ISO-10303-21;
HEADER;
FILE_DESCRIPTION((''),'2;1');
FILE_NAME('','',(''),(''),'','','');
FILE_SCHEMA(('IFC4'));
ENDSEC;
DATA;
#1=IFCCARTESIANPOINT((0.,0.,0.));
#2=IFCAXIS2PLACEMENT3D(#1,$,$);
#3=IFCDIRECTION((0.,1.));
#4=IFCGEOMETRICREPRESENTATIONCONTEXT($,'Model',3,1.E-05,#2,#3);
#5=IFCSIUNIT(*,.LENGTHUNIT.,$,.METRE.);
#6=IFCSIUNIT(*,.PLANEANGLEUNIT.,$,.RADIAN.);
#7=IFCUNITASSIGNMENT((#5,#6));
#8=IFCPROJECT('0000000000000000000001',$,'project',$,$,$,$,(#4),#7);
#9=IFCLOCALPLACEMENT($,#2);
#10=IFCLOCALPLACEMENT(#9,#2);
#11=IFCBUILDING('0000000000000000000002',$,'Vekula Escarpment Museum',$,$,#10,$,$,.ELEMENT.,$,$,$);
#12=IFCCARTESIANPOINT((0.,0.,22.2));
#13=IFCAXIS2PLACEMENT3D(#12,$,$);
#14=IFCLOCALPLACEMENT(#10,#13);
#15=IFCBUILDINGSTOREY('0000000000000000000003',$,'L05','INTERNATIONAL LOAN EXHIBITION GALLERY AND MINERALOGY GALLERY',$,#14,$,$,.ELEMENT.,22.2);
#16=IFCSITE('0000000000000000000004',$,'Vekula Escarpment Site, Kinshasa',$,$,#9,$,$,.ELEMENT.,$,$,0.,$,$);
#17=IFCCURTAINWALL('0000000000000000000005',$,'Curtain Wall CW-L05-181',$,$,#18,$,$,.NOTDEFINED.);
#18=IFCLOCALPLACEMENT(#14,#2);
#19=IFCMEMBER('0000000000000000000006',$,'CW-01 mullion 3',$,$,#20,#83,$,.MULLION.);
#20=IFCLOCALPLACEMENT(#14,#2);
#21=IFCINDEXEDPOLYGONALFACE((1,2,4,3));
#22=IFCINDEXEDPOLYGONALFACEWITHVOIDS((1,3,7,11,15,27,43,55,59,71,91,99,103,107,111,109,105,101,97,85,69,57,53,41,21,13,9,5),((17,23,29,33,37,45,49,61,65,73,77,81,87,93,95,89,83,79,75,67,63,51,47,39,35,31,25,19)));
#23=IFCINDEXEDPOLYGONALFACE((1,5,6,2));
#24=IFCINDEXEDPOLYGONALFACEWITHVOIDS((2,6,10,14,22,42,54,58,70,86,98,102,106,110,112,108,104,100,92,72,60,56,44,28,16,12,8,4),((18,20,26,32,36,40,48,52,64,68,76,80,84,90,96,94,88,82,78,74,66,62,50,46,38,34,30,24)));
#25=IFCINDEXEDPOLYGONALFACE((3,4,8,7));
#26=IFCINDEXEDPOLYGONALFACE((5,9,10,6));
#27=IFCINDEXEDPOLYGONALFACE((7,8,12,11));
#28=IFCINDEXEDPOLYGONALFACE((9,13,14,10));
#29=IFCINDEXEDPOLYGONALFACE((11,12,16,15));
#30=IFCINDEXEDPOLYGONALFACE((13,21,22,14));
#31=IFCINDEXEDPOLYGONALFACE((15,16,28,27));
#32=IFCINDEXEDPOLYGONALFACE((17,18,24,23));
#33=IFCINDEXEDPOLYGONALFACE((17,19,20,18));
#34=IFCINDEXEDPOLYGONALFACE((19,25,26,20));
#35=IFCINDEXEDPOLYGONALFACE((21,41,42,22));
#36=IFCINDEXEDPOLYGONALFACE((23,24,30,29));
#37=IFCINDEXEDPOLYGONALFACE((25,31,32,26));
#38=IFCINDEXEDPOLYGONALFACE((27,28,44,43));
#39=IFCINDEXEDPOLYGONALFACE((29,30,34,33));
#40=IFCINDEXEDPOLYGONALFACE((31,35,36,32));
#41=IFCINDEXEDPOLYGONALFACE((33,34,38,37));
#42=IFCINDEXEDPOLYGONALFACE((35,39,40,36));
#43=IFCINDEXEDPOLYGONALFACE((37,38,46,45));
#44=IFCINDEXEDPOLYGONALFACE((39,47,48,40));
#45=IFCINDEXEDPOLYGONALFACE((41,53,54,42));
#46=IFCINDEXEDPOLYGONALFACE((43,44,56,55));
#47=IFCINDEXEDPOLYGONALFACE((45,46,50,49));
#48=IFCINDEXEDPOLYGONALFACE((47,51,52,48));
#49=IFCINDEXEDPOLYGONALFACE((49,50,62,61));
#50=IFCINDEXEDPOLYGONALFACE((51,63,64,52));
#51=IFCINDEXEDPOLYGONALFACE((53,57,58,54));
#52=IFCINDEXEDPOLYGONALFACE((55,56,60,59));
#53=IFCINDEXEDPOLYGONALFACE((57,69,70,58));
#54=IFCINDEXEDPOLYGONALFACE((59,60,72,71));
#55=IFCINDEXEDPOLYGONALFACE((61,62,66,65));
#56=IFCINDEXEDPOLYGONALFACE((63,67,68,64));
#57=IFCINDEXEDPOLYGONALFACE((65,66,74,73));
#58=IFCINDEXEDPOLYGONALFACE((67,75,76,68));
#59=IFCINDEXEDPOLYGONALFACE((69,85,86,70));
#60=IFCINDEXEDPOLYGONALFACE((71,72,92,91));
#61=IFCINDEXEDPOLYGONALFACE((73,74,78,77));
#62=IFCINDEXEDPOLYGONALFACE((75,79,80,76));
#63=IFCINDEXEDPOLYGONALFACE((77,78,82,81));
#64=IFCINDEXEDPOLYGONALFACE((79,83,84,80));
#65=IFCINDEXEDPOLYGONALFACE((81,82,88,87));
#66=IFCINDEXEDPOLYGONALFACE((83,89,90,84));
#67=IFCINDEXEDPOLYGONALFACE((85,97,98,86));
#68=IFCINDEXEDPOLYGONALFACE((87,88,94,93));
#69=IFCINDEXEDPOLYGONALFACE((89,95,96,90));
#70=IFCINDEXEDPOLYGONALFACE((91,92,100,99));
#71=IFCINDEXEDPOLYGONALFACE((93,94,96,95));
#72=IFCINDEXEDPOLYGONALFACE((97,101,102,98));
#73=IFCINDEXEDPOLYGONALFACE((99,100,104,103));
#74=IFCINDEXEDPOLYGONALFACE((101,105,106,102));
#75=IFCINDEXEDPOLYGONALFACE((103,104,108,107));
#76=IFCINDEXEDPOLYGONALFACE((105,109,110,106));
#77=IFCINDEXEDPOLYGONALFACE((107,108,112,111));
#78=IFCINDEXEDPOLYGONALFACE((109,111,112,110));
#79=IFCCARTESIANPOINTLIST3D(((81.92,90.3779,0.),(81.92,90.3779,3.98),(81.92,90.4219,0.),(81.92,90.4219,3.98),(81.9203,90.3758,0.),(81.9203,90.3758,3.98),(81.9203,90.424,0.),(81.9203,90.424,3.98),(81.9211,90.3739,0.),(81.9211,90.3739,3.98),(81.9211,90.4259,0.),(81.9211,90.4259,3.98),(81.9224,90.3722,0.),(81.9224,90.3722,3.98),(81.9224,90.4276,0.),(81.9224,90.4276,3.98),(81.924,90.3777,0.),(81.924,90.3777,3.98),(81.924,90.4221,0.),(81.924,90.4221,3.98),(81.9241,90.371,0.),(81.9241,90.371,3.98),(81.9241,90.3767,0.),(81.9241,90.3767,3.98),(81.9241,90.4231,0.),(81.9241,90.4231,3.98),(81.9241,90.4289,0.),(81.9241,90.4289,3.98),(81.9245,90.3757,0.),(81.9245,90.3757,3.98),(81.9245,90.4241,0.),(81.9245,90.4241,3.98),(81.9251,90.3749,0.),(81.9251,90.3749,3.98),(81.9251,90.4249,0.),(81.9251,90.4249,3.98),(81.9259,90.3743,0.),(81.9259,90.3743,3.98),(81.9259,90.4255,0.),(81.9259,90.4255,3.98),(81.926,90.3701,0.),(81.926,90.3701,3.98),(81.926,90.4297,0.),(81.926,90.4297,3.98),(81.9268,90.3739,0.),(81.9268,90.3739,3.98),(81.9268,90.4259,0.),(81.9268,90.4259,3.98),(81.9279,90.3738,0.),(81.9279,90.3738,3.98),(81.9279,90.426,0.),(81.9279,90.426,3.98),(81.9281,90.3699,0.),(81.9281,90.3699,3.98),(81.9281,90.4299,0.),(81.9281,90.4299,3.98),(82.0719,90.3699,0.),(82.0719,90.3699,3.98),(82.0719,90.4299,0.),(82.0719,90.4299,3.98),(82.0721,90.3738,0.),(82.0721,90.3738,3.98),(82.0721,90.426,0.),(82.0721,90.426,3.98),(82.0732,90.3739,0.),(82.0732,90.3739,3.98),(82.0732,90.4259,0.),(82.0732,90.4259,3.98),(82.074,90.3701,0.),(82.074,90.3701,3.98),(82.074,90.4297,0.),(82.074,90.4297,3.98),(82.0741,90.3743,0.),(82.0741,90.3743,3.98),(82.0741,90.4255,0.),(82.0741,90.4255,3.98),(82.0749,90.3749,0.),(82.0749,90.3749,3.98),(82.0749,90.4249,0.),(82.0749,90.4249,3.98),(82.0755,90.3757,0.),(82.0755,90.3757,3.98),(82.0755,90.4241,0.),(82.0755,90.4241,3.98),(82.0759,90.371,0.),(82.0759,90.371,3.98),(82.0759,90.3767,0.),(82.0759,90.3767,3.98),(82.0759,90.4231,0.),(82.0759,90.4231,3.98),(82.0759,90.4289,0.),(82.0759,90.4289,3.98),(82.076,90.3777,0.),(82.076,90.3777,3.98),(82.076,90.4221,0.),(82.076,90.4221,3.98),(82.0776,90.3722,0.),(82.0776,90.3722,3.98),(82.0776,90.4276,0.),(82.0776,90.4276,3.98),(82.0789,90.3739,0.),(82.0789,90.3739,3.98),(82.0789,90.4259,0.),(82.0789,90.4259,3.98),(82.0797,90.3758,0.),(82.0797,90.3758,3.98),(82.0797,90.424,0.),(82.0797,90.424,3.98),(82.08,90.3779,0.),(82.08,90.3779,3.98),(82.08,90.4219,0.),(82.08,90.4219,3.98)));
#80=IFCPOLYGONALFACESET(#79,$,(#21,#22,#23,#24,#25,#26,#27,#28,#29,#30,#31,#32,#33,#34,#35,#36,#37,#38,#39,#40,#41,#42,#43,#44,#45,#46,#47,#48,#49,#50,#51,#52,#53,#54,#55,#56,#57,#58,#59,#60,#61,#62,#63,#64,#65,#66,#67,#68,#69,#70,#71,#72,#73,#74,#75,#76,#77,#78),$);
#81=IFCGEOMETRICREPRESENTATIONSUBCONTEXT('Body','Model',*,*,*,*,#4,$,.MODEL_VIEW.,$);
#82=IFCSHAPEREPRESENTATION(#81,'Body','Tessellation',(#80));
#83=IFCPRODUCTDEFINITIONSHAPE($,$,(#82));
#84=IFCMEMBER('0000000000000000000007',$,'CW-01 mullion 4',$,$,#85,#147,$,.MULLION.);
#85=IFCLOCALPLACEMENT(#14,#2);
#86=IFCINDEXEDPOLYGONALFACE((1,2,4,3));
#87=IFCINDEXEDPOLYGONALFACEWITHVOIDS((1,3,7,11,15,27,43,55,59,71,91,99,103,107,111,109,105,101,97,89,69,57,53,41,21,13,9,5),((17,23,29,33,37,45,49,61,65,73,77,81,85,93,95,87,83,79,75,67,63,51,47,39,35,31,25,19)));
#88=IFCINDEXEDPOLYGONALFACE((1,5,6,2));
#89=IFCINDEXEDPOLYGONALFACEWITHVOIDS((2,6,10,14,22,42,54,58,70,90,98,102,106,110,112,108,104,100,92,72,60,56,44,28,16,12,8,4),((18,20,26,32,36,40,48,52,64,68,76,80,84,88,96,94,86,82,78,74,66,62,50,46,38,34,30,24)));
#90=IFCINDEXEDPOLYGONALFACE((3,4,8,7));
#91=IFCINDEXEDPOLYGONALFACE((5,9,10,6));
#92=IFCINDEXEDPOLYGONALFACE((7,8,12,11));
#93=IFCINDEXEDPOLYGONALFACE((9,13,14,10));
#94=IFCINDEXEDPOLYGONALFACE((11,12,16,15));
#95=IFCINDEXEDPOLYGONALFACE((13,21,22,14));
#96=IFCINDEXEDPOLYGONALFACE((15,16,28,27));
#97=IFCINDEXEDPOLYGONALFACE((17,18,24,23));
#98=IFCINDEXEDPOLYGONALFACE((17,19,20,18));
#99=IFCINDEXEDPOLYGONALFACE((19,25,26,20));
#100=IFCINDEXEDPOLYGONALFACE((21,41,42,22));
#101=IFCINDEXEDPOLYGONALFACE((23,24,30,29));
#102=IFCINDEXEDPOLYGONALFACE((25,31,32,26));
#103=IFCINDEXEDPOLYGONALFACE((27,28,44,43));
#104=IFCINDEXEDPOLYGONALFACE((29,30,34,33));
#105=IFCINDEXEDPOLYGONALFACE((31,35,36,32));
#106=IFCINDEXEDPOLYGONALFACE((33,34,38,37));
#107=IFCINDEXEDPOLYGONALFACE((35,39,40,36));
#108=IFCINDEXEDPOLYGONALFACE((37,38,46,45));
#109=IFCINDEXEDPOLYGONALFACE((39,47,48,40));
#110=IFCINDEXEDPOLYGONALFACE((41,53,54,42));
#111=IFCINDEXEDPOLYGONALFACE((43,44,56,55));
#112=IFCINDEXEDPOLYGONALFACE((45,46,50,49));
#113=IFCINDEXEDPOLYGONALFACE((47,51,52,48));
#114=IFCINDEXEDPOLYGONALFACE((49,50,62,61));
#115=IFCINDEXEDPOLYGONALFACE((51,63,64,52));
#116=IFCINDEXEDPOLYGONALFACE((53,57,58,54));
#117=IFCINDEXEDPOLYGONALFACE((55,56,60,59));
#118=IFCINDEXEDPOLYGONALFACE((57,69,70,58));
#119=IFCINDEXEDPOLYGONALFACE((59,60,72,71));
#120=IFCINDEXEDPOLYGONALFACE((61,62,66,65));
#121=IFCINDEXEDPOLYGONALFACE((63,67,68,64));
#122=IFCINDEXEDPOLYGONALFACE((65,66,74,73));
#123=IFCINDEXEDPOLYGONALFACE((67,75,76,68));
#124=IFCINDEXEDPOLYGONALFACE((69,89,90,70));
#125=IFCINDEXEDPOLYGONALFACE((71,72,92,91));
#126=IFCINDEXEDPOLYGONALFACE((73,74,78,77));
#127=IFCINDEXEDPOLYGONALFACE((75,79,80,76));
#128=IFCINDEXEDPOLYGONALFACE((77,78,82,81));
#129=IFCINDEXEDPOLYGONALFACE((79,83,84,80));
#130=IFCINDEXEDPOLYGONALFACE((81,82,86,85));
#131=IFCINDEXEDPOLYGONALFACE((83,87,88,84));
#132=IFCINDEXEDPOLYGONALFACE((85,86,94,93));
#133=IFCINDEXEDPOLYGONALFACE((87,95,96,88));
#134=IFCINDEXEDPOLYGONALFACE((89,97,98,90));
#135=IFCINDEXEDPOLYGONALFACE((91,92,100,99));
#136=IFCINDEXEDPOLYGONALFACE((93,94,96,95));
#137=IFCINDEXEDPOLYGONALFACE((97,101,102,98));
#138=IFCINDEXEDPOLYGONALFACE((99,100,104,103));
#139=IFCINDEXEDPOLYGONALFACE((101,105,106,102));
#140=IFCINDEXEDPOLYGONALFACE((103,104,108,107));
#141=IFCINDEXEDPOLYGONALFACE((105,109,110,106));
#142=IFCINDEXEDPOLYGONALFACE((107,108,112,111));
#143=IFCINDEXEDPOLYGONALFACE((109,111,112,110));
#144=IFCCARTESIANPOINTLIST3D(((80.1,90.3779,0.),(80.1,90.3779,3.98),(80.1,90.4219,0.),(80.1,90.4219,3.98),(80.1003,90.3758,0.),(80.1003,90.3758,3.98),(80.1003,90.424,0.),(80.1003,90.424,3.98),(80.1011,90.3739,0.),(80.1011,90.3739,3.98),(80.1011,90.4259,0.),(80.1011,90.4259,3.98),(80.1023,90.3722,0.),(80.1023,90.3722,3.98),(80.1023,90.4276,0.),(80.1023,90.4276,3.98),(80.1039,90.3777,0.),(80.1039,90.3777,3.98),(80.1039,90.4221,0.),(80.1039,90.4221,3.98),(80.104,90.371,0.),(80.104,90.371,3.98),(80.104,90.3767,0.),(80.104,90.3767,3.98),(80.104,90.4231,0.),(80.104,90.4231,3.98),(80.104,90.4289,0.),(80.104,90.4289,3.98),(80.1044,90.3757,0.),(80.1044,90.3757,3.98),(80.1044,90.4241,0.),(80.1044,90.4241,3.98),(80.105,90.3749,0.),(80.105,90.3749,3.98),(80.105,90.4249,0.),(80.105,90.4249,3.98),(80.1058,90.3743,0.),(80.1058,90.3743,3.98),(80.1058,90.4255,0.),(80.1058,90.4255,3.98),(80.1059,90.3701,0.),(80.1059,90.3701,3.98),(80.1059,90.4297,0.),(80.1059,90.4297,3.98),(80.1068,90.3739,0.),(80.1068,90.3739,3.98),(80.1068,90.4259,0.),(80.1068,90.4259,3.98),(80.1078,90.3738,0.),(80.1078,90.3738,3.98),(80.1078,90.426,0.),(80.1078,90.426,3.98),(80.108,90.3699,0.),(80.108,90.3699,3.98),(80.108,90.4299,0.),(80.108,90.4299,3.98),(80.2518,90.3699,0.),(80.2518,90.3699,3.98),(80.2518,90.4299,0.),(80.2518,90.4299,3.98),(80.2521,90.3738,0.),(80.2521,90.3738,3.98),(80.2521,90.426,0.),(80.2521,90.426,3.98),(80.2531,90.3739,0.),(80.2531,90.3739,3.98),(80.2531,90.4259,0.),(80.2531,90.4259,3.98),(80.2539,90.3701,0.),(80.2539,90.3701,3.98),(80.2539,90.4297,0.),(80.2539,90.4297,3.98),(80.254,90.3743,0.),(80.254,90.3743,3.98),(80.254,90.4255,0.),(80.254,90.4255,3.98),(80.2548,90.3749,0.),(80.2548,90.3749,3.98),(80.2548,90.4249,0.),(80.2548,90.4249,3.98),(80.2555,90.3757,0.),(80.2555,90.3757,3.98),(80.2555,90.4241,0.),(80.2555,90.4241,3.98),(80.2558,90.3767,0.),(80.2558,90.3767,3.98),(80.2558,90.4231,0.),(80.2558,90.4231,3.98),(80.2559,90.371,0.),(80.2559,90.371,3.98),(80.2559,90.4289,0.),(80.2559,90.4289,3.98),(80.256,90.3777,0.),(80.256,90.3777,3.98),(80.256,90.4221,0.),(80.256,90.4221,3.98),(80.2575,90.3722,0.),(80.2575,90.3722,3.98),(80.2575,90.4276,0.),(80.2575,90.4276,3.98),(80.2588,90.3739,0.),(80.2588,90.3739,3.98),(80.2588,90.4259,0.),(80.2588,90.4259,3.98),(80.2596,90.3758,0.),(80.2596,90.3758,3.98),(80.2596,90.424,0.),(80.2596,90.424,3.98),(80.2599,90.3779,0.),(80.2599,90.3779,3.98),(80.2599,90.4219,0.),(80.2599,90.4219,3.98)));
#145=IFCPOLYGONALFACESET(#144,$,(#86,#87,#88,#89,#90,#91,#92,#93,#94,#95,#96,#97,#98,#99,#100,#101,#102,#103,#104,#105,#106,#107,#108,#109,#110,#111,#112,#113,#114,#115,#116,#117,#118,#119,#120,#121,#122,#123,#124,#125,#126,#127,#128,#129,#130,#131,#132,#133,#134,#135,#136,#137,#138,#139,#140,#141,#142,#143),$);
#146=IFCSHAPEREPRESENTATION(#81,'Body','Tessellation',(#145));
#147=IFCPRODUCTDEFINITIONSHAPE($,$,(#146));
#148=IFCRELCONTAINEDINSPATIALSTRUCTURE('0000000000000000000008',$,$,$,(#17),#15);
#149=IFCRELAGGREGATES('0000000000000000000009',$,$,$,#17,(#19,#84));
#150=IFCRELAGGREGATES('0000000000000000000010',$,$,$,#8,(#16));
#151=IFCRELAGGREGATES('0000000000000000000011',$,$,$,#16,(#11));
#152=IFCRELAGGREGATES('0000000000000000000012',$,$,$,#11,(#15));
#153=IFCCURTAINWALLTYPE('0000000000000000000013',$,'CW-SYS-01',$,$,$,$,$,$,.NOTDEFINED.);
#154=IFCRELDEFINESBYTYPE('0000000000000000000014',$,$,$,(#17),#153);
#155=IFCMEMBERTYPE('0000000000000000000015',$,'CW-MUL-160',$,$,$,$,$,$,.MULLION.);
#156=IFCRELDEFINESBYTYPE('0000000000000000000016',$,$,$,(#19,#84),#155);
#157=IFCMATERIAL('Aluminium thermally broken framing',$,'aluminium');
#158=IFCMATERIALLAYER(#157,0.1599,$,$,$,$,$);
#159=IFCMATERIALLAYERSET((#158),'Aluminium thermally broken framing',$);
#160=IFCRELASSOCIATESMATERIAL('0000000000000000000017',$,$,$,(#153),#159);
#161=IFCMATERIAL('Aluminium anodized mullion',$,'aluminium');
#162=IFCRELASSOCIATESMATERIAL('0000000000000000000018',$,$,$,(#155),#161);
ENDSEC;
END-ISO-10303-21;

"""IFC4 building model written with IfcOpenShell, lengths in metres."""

from ifc_helpers import new_model, si_unit, direction, frame, origin, origin_2d, place, context, subcontext, project, spatial, hollow_rectangle, extrude, material, layer, layer_set, material_profile, profile_set, type_object, element, aggregate, save


model = new_model("IFC4")

# Units and contexts
model_context = context("Model", 3, precision=1e-05, world=origin(), true_north=direction((0.0, 1.0)))
body_context = subcontext(model_context, "Body", "Model", "MODEL_VIEW")
ifc_project = project(units=[si_unit("LENGTHUNIT", "METRE"), si_unit("PLANEANGLEUNIT", "RADIAN")], contexts=[model_context])

# Site, building, storey
site_placement = place(None, origin())
site = spatial("IfcSite", under=ifc_project, at=site_placement, Name="Vekula Escarpment Site, Kinshasa", CompositionType="ELEMENT", RefElevation=0.0)
building_placement = place(site_placement, origin())
building = spatial("IfcBuilding", under=site, at=building_placement, Name="Vekula Escarpment Museum", CompositionType="ELEMENT")
storey_placement = place(building_placement, frame((0.0, 0.0, 22.2)))
storey = spatial("IfcBuildingStorey", under=building, at=storey_placement, Name="L05", Description="INTERNATIONAL LOAN EXHIBITION GALLERY AND MINERALOGY GALLERY", CompositionType="ELEMENT", Elevation=22.2)

# Curtain wall, members
ifc_material_1 = material(Name="Aluminium thermally broken framing", Category="aluminium")
ifc_layer_1 = layer(ifc_material_1, 0.1599)
ifc_layer_set_1 = layer_set([ifc_layer_1], Name="Aluminium thermally broken framing")
curtain_wall_type = type_object("IfcCurtainWallType", Name="CW-SYS-01", PredefinedType="NOTDEFINED", material=ifc_layer_set_1)
curtain_wall_placement = place(storey_placement, origin())
curtain_wall = element("IfcCurtainWall", 1, at=curtain_wall_placement, inside=storey, type_object=curtain_wall_type, Name="Curtain Wall CW-L05-181", PredefinedType="NOTDEFINED")
ifc_material_2 = material(Name="Aluminium anodized mullion", Category="aluminium")
ifc_material_profile_1 = material_profile(ifc_material_2, hollow_rectangle(XDim=0.0601, YDim=0.1599, WallThickness=0.0039, InnerFilletRadius=0.0039, OuterFilletRadius=0.0081, at=origin_2d()), Name="ALU 160x60x4")
ifc_profile_set_1 = profile_set([ifc_material_profile_1], Name="Aluminium anodized mullion")
member_type_1 = type_object("IfcMemberType", Name="CW-MUL-160", PredefinedType="MULLION", material=ifc_profile_set_1)
member_1_placement = place(storey_placement, frame((82.0, 90.3999, 0.0), z_axis=(0.0, 0.0, 1.0), x_axis=(0.0, -1.0, 0.0)))
member_1 = element("IfcMember", 2, at=member_1_placement, type_object=member_type_1, Name="CW-01 mullion 3", PredefinedType="MULLION", context=body_context, shape_type="SweptSolid", body=[
    extrude(hollow_rectangle(XDim=0.0601, YDim=0.1599, WallThickness=0.0039, InnerFilletRadius=0.0039, OuterFilletRadius=0.0081, at=origin_2d()), origin(), (0.0, 0.0, 1.0), 3.98),
])
member_2_placement = place(storey_placement, frame((80.1799, 90.3999, 0.0), z_axis=(0.0, 0.0, 1.0), x_axis=(0.0, -1.0, 0.0)))
member_2 = element("IfcMember", 3, at=member_2_placement, type_object=member_type_1, Name="CW-01 mullion 4", PredefinedType="MULLION", context=body_context, shape_type="SweptSolid", body=[
    extrude(hollow_rectangle(XDim=0.0601, YDim=0.1599, WallThickness=0.0039, InnerFilletRadius=0.0039, OuterFilletRadius=0.0081, at=origin_2d()), origin(), (0.0, 0.0, 1.0), 3.98),
])

aggregate(curtain_wall, [member_1, member_2])

save(model, "model.ifc")
